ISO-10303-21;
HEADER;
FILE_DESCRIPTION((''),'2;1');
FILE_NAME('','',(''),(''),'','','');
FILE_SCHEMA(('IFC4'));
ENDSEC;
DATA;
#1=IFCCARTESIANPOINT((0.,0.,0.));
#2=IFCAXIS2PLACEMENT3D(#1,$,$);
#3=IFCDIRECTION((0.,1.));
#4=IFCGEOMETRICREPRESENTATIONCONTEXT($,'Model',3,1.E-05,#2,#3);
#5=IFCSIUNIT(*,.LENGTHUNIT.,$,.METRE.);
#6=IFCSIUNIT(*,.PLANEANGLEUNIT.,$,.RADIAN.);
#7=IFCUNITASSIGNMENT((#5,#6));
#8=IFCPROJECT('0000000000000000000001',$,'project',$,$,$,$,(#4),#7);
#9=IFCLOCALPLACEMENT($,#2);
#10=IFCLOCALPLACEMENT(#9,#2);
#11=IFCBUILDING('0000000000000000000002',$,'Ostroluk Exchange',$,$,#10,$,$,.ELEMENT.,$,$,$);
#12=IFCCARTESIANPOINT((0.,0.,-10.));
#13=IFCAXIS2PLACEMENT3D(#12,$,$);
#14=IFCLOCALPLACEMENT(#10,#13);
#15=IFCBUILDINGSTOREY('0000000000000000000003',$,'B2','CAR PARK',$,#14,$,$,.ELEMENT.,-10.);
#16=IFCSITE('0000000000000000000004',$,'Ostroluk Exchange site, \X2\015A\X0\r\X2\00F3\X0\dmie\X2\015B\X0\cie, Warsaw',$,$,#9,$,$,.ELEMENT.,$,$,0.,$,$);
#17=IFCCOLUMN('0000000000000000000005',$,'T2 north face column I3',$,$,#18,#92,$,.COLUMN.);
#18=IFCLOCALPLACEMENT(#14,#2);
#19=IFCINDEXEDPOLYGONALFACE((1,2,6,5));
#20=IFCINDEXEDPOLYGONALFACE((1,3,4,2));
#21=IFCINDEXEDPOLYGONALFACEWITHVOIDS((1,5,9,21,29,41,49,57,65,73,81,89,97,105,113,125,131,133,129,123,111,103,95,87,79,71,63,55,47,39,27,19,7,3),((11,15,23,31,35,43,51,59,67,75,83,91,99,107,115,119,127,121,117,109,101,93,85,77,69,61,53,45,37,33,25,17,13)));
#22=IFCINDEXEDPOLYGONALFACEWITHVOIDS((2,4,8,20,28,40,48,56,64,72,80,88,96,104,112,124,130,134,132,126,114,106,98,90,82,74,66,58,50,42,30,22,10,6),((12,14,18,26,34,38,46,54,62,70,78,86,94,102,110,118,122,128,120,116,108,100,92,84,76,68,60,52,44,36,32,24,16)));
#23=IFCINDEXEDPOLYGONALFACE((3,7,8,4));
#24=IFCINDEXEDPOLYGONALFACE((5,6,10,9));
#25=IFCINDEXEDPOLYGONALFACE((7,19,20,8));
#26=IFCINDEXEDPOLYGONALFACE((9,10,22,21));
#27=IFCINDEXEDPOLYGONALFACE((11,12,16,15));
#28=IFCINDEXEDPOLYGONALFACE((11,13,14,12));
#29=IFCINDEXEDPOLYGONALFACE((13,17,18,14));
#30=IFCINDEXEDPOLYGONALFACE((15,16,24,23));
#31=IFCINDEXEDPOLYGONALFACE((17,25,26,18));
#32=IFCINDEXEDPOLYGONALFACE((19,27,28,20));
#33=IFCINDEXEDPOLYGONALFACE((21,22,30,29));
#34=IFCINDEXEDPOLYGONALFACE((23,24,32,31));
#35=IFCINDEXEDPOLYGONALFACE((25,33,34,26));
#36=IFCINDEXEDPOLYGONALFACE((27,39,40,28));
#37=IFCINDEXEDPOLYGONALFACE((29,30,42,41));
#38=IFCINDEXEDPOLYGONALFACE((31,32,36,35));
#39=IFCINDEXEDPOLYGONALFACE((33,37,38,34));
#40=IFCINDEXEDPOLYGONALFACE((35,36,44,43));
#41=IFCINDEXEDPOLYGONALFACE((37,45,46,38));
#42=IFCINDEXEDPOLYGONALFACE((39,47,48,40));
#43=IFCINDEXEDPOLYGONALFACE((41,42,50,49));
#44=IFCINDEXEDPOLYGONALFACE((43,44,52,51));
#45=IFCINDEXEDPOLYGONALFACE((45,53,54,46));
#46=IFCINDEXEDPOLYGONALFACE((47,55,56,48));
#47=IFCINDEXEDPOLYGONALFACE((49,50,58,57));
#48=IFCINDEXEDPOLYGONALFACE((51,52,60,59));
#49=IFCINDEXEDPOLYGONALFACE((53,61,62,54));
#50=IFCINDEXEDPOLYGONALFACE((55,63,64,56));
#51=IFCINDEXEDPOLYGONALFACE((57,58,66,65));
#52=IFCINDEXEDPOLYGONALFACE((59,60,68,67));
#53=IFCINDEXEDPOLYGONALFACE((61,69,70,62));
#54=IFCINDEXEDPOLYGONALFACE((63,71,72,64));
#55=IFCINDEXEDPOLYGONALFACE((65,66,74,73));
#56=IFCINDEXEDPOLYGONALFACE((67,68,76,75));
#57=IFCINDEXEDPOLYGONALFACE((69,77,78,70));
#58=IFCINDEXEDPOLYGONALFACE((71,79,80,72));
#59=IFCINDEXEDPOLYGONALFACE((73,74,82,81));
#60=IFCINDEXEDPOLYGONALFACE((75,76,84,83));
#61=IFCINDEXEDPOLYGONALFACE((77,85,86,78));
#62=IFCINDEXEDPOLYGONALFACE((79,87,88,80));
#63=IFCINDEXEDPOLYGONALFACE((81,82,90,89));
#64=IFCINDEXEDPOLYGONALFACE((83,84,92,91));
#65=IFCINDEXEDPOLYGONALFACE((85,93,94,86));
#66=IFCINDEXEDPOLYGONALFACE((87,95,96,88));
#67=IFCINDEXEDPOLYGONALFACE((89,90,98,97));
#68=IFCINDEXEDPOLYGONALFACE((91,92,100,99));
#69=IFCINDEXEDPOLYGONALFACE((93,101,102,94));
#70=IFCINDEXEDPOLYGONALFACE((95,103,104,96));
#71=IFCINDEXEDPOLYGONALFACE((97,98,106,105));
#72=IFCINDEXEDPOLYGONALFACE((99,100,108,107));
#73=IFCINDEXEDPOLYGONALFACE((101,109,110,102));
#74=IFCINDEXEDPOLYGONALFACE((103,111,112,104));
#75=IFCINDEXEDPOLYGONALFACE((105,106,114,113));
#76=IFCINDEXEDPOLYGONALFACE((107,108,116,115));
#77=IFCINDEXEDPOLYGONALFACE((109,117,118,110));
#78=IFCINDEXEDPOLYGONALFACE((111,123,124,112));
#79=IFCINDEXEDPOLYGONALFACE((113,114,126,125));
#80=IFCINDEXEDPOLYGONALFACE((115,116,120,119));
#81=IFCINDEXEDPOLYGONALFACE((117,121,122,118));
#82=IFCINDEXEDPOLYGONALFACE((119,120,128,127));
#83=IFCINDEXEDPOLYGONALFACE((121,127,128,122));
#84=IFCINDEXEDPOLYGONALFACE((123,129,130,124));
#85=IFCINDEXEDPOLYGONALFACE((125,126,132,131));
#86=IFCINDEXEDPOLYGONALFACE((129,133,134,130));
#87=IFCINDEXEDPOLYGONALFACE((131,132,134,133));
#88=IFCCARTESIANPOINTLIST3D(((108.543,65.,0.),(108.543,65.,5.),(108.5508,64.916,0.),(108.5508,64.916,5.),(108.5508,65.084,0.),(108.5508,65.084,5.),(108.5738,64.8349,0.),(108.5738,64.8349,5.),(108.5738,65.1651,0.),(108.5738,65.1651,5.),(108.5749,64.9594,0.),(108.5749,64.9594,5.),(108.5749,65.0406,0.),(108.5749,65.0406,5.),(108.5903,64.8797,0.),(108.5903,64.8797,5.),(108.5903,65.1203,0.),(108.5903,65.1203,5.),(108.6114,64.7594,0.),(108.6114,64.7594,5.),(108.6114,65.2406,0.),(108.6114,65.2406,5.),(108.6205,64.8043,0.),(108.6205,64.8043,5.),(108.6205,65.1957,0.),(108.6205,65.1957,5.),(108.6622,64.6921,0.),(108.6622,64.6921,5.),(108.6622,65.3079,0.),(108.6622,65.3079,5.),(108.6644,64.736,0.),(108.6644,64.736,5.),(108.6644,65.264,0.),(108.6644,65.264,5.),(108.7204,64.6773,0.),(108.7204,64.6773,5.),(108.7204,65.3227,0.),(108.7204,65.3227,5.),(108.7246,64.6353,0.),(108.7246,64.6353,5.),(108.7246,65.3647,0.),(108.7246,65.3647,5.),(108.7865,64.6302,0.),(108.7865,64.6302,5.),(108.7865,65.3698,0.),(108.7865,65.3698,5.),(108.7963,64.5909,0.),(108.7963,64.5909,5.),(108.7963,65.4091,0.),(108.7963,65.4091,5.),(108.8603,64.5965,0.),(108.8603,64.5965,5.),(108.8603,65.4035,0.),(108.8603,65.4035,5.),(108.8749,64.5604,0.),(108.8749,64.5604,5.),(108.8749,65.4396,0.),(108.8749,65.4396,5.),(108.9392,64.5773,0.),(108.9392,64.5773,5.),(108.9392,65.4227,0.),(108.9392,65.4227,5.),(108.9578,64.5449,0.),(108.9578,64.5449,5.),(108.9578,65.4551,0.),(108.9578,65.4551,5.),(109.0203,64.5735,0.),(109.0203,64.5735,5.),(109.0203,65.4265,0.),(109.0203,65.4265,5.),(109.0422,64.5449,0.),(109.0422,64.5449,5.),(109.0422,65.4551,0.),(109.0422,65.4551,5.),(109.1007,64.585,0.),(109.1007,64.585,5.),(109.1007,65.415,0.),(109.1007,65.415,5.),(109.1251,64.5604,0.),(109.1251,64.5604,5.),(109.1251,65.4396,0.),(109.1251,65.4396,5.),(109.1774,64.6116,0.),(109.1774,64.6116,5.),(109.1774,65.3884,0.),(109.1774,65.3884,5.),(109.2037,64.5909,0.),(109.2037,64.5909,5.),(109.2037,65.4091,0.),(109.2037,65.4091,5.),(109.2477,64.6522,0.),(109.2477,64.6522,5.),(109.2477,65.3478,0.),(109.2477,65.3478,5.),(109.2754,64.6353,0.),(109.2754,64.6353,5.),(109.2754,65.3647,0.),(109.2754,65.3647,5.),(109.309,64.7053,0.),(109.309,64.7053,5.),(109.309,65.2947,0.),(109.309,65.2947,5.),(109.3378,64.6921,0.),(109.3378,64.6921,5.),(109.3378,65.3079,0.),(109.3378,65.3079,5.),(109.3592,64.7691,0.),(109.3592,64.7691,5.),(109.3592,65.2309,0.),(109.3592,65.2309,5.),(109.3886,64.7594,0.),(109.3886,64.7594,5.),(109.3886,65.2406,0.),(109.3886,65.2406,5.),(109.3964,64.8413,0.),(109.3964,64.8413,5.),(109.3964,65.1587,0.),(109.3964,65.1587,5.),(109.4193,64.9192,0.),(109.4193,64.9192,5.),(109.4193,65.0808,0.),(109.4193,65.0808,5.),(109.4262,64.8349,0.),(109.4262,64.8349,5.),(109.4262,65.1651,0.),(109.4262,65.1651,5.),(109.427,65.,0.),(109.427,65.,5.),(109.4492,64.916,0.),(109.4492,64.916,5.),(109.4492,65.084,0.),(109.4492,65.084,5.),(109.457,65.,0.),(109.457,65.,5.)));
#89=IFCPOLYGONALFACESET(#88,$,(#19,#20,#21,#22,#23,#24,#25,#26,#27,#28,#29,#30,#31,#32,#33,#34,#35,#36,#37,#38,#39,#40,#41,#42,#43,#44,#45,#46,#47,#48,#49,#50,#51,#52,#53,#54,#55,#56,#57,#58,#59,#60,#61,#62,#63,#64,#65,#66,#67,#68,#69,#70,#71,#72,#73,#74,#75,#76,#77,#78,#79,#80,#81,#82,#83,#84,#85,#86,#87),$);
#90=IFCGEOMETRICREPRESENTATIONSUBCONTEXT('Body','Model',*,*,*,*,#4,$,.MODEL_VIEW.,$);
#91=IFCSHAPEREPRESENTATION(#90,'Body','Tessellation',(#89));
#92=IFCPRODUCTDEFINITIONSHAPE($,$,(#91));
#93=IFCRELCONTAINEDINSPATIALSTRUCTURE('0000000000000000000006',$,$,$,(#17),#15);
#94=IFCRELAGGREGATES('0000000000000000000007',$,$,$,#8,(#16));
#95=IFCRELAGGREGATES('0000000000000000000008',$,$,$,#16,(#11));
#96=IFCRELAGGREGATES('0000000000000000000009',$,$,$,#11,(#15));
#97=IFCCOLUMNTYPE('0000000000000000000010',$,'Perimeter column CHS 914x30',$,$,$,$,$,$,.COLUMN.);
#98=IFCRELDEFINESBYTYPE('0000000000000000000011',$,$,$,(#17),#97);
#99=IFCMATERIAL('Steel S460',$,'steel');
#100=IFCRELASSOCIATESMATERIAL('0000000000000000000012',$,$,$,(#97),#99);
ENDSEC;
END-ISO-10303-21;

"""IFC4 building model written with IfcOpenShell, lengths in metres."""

from ifc_helpers import new_model, si_unit, direction, frame, origin, origin_2d, place, context, subcontext, project, spatial, hollow_circle, extrude, material, material_profile, profile_set, type_object, element, save


model = new_model("IFC4")

# Units and contexts
model_context = context("Model", 3, precision=1e-05, world=origin(), true_north=direction((0.0, 1.0)))
body_context = subcontext(model_context, "Body", "Model", "MODEL_VIEW")
ifc_project = project(units=[si_unit("LENGTHUNIT", "METRE"), si_unit("PLANEANGLEUNIT", "RADIAN")], contexts=[model_context])

# Site, building, storey
site_placement = place(None, origin())
site = spatial("IfcSite", under=ifc_project, at=site_placement, Name="Ostroluk Exchange site, Śródmieście, Warsaw", CompositionType="ELEMENT", RefElevation=0.0)
building_placement = place(site_placement, origin())
building = spatial("IfcBuilding", under=site, at=building_placement, Name="Ostroluk Exchange", CompositionType="ELEMENT")
storey_placement = place(building_placement, frame((0.0, 0.0, -10.0)))
storey = spatial("IfcBuildingStorey", under=building, at=storey_placement, Name="B2", Description="CAR PARK", CompositionType="ELEMENT", Elevation=-10.0)

# Column
ifc_material_1 = material(Name="Steel S460", Category="steel")
ifc_material_profile = material_profile(ifc_material_1, hollow_circle(Radius=0.457, WallThickness=0.03, at=origin_2d()), Name="CHS 914x30")
ifc_profile_set = profile_set([ifc_material_profile], Name="Steel S460")
column_type = type_object("IfcColumnType", Name="Perimeter column CHS 914x30", PredefinedType="COLUMN", material=ifc_profile_set)
for number, where, z_axis, x_axis, name in (
    (1, (109.0, 65.0, 0.0), (0.0, 0.0, 1.0), (1.0, 0.0, 0.0), "T2 north face column I3"),
):
    element("IfcColumn", number, at=place(storey_placement, frame(where, z_axis=z_axis, x_axis=x_axis)), inside=storey, type_object=column_type, Name=name, PredefinedType="COLUMN", context=body_context, shape_type="SweptSolid", body=[
        extrude(hollow_circle(Radius=0.457, WallThickness=0.03, at=origin_2d()), origin(), (0.0, 0.0, 1.0), 5.0),
    ])

save(model, "model.ifc")
